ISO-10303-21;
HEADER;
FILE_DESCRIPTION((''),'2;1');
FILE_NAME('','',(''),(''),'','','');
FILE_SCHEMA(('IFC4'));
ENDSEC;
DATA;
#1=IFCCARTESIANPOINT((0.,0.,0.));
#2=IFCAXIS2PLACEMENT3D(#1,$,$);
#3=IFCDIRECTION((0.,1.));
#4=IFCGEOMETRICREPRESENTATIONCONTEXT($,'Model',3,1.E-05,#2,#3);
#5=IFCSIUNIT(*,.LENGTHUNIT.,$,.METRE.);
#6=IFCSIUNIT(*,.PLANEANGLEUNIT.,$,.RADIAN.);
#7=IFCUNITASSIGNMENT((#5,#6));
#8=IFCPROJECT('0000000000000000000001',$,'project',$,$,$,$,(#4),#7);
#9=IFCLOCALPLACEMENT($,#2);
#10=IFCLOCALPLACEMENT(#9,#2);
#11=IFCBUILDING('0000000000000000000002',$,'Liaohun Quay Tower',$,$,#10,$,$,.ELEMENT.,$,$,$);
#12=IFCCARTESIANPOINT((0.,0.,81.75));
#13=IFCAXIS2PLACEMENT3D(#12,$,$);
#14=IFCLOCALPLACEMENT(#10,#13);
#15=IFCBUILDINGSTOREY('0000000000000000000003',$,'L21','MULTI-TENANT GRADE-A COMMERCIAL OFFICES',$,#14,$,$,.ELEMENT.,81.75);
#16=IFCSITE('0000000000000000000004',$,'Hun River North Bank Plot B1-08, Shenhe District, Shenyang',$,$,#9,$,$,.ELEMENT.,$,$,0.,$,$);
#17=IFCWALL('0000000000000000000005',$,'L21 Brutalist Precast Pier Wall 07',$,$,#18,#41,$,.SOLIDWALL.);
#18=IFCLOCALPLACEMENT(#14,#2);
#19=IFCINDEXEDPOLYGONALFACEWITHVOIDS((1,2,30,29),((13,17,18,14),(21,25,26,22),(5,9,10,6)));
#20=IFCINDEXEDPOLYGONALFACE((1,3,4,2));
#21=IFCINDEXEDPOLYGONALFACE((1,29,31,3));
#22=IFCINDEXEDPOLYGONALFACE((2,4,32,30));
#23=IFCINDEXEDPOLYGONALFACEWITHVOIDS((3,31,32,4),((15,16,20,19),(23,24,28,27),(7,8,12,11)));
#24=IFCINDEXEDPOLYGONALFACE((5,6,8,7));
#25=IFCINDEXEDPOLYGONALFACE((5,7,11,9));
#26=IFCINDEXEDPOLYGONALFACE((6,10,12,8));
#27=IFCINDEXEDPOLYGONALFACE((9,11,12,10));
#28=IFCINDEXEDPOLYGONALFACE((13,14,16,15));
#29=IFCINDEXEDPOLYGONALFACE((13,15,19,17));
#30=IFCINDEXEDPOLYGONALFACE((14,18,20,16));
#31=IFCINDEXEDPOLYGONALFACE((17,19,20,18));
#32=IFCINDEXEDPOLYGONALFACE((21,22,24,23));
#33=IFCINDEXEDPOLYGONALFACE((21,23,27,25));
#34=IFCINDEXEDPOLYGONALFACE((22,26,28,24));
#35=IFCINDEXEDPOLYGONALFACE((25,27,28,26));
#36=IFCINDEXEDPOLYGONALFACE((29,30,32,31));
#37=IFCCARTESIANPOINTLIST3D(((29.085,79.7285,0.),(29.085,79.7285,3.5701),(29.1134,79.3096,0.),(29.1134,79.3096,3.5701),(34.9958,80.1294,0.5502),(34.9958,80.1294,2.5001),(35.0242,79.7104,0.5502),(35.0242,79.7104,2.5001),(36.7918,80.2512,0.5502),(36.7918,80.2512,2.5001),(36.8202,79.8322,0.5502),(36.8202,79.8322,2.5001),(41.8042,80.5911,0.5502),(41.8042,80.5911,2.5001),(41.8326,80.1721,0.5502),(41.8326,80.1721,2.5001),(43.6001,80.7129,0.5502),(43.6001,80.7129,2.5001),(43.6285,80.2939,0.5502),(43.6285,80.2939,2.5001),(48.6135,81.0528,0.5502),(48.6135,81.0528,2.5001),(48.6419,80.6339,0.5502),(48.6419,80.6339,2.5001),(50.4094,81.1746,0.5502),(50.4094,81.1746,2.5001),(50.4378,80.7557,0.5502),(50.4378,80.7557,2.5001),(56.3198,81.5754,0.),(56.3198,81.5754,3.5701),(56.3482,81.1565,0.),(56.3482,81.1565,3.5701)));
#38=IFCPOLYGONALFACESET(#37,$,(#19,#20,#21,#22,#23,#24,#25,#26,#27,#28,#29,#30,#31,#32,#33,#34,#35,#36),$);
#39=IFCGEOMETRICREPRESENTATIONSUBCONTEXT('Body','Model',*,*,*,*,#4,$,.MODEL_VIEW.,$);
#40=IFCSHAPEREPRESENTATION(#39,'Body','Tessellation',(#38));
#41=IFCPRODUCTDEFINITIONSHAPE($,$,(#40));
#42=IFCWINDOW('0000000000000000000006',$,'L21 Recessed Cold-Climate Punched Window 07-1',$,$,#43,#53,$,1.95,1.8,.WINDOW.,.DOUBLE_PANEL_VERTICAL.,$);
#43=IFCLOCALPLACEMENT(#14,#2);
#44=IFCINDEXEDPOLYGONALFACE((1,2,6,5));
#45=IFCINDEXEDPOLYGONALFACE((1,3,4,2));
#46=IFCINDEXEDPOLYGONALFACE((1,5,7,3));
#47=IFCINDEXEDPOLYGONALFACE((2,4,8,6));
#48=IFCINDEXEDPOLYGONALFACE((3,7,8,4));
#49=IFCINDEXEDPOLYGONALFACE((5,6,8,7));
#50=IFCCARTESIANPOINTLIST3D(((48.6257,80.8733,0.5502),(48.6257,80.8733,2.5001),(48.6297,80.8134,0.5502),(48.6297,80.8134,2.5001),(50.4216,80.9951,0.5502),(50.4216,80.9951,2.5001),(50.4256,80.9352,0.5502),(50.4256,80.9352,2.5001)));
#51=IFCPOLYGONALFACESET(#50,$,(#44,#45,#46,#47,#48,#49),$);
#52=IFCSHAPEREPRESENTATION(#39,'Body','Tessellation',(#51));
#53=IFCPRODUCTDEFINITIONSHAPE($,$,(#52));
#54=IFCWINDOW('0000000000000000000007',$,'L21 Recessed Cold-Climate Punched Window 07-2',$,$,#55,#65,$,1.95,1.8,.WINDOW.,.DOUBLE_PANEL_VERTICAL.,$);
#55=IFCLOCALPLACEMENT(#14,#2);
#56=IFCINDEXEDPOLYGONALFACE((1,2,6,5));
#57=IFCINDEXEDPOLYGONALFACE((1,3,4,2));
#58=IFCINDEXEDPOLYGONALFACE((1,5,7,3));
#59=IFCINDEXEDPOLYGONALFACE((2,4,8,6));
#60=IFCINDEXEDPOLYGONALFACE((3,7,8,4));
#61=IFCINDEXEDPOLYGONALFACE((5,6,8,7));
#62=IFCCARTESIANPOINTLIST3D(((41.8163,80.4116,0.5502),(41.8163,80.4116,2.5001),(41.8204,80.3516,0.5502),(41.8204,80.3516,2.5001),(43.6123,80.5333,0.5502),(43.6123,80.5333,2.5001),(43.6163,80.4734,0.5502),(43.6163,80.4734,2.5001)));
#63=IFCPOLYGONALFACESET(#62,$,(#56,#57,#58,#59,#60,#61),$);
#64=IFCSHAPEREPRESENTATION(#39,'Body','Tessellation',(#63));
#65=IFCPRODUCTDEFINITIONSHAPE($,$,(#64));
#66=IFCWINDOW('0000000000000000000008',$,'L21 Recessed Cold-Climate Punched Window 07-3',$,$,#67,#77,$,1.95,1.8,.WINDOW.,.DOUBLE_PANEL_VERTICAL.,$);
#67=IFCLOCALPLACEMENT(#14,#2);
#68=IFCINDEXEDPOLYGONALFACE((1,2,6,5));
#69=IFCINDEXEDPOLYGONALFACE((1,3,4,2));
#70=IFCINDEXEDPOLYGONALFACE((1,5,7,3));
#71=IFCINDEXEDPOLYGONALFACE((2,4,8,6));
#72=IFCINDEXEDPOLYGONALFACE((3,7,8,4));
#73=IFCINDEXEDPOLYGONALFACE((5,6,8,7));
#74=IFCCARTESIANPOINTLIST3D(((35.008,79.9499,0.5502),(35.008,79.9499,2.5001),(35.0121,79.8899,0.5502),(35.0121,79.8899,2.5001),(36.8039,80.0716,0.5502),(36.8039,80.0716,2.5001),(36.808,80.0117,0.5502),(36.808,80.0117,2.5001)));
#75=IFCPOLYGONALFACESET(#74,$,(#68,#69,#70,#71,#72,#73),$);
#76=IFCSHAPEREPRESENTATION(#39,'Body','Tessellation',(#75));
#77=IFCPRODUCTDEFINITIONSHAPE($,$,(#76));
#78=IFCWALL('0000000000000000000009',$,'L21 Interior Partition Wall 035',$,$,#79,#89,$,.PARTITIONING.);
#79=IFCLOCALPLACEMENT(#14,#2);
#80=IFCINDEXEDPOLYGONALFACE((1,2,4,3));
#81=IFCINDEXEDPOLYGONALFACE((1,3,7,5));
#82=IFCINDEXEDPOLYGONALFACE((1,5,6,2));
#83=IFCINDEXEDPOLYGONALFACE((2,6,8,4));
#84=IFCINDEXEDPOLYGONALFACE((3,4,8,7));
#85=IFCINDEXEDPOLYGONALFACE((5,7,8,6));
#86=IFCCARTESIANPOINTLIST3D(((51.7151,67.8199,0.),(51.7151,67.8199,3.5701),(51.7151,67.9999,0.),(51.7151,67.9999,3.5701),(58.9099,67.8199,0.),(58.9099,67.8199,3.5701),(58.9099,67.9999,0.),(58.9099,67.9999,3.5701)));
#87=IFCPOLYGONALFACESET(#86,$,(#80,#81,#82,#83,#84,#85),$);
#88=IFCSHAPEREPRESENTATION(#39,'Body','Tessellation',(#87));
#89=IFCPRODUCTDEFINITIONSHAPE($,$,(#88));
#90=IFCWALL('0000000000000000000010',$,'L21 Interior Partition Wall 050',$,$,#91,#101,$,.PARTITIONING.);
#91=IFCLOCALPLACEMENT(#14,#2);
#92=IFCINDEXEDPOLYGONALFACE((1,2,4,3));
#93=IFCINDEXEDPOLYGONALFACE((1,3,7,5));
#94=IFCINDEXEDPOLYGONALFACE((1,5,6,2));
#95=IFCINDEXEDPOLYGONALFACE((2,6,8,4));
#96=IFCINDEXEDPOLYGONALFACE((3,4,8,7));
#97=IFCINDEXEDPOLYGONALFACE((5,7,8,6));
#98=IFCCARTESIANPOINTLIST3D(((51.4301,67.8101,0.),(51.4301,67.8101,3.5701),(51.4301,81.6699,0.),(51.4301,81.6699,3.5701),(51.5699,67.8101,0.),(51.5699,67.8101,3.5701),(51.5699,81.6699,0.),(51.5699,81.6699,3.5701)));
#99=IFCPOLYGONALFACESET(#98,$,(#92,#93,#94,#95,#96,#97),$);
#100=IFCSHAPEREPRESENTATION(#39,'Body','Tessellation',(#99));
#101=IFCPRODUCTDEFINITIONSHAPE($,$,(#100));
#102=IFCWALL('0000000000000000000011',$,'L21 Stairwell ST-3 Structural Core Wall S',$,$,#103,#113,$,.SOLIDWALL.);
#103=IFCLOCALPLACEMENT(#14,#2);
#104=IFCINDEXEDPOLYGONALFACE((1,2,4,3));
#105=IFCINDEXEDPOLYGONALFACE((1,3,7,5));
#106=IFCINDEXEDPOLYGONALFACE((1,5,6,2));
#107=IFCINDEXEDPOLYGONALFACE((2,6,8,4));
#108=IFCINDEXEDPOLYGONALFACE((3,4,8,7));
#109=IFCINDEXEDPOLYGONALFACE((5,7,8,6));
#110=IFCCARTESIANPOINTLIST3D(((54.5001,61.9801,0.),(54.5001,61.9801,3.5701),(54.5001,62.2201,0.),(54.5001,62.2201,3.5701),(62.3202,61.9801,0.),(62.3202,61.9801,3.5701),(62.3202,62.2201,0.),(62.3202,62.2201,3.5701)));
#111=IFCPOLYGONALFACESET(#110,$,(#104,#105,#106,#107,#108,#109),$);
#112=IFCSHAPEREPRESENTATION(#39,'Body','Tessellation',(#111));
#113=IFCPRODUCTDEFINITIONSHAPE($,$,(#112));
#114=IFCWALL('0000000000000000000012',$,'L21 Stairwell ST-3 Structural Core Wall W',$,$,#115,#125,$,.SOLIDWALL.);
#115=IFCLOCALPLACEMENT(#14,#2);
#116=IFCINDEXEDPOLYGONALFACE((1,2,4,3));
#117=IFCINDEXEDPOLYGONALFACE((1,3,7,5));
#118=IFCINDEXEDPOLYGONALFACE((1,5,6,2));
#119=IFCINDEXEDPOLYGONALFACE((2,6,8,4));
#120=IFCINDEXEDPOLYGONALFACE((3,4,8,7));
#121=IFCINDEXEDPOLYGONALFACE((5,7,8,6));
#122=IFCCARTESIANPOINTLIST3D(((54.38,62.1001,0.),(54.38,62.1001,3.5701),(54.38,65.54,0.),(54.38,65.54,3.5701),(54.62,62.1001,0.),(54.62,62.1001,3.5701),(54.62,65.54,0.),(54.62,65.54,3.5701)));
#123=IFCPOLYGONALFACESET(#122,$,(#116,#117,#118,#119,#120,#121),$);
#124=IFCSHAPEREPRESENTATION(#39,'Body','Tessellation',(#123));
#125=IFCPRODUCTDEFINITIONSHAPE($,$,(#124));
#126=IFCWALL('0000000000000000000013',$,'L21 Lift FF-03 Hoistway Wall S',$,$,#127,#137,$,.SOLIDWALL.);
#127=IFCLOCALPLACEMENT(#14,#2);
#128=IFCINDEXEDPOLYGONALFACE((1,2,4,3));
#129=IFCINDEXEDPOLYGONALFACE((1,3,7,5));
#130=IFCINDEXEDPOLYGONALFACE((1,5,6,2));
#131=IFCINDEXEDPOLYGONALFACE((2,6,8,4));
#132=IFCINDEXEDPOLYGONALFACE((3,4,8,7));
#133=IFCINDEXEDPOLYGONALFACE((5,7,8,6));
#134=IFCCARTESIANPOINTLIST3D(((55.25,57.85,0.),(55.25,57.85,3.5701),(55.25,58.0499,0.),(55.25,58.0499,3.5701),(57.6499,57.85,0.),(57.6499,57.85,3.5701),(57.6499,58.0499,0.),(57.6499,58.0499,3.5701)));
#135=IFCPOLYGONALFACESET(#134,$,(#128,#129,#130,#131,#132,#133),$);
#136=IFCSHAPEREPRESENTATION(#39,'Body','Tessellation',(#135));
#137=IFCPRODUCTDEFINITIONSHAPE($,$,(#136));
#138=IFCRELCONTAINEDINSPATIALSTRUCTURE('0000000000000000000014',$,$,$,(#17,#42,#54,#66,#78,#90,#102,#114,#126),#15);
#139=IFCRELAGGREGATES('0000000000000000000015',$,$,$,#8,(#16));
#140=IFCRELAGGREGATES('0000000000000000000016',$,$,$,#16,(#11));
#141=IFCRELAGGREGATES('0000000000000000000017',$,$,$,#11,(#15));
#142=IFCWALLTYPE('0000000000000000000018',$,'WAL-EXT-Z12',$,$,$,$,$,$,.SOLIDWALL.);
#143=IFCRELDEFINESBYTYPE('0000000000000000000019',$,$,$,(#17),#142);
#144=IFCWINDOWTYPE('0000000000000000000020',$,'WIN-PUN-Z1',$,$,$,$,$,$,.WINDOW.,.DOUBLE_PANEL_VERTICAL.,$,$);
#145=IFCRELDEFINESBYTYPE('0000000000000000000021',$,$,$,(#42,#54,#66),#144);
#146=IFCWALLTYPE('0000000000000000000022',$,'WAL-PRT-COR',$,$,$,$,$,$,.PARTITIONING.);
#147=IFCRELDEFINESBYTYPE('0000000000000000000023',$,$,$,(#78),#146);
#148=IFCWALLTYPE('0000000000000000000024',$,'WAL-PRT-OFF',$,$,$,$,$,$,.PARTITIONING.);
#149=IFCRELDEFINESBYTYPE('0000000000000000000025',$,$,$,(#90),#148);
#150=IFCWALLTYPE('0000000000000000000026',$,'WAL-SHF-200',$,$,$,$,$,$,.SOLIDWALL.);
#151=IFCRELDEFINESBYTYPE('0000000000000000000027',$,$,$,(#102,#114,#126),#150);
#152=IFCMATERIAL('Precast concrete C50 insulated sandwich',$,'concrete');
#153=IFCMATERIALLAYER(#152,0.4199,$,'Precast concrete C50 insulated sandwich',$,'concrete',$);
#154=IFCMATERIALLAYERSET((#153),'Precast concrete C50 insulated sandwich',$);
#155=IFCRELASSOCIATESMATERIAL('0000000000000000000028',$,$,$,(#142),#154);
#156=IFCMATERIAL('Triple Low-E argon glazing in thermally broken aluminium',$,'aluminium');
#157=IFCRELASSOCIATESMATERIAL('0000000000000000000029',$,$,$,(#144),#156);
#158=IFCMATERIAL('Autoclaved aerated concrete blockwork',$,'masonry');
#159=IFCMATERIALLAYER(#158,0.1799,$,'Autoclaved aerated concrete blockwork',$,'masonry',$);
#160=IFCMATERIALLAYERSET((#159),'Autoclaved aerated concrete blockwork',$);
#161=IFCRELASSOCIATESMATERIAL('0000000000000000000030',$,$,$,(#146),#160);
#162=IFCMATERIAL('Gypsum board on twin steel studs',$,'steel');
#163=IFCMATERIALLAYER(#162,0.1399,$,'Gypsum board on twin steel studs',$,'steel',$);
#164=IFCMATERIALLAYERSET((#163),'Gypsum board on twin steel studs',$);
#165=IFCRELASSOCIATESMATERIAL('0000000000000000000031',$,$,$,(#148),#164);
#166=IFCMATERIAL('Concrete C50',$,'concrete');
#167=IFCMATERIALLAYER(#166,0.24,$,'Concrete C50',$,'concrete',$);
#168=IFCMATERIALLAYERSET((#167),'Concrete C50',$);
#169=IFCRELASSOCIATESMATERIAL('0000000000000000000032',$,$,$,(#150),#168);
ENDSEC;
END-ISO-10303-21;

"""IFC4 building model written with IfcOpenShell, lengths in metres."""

from ifc_helpers import new_model, si_unit, direction, frame, frame_2d, origin, place, context, subcontext, project, spatial, rectangle, extrude, source, transform, mapped, material, layer, layer_set, type_object, element, fill, save


model = new_model("IFC4")

# Units and contexts
model_context = context("Model", 3, precision=1e-05, world=origin(), true_north=direction((0.0, 1.0)))
body_context = subcontext(model_context, "Body", "Model", "MODEL_VIEW")
ifc_project = project(units=[si_unit("LENGTHUNIT", "METRE"), si_unit("PLANEANGLEUNIT", "RADIAN")], contexts=[model_context])

# Site, building, storey
site_placement = place(None, origin())
site = spatial("IfcSite", under=ifc_project, at=site_placement, Name="Hun River North Bank Plot B1-08, Shenhe District, Shenyang", CompositionType="ELEMENT", RefElevation=0.0)
building_placement = place(site_placement, origin())
building = spatial("IfcBuilding", under=site, at=building_placement, Name="Liaohun Quay Tower", CompositionType="ELEMENT")
storey_placement = place(building_placement, frame((0.0, 0.0, 81.75)))
storey = spatial("IfcBuildingStorey", under=building, at=storey_placement, Name="L21", Description="MULTI-TENANT GRADE-A COMMERCIAL OFFICES", CompositionType="ELEMENT", Elevation=81.75)

# Wall, openings, windows
ifc_material_1 = material(Name="Precast concrete C50 insulated sandwich", Category="concrete")
ifc_layer_1 = layer(ifc_material_1, 0.4199, Name="Precast concrete C50 insulated sandwich", Category="concrete")
ifc_layer_set_1 = layer_set([ifc_layer_1], Name="Precast concrete C50 insulated sandwich")
wall_type_1 = type_object("IfcWallType", Name="WAL-EXT-Z12", PredefinedType="SOLIDWALL", material=ifc_layer_set_1)
wall_1_placement = place(storey_placement, frame((56.334, 81.366, 0.0), z_axis=(0.0, 0.0, 1.0), x_axis=(-0.997708, -0.067659, 0.0)))
wall_1 = element("IfcWall", 1, at=wall_1_placement, inside=storey, type_object=wall_type_1, Name="L21 Brutalist Precast Pier Wall 07", PredefinedType="SOLIDWALL", context=body_context, shape_type="SweptSolid", body=[
    extrude(rectangle(XDim=27.2974, YDim=0.4199, at=frame_2d((13.6487, 0.0))), origin(), (0.0, 0.0, 1.0), 3.5701),
])
shared_shape_1 = source(origin(), body_context, "Body", "SweptSolid", [
    extrude(rectangle(XDim=1.8, YDim=1.95, at=frame_2d((0.8999, 0.9751))), frame((0.0, 0.22, 0.0), z_axis=(0.0, -1.0, 0.0), x_axis=(1.0, 0.0, 0.0)), (0.0, 0.0, 1.0), 0.4399),
])
opening_1_placement = place(wall_1_placement, frame((5.9241, 0.0, 0.55)))
opening_1 = element("IfcOpeningElement", 2, at=opening_1_placement, cuts=wall_1, PredefinedType="OPENING", context=body_context, shape_type="MappedRepresentation", body=[
    mapped(shared_shape_1, transform((0.0, 0.0, 0.0), x_axis=(1.0, 0.0, 0.0), y_axis=(0.0, 1.0, 0.0), z_axis=(0.0, 0.0, 1.0), scale=1.0)),
])
opening_2_placement = place(wall_1_placement, frame((12.749, 0.0, 0.55)))
opening_2 = element("IfcOpeningElement", 3, at=opening_2_placement, cuts=wall_1, PredefinedType="OPENING", context=body_context, shape_type="MappedRepresentation", body=[
    mapped(shared_shape_1, transform((0.0, 0.0, 0.0), x_axis=(1.0, 0.0, 0.0), y_axis=(0.0, 1.0, 0.0), z_axis=(0.0, 0.0, 1.0), scale=1.0)),
])
opening_3_placement = place(wall_1_placement, frame((19.573, 0.0, 0.55)))
opening_3 = element("IfcOpeningElement", 4, at=opening_3_placement, cuts=wall_1, PredefinedType="OPENING", context=body_context, shape_type="MappedRepresentation", body=[
    mapped(shared_shape_1, transform((0.0, 0.0, 0.0), x_axis=(1.0, 0.0, 0.0), y_axis=(0.0, 1.0, 0.0), z_axis=(0.0, 0.0, 1.0), scale=1.0)),
])
ifc_material_2 = material(Name="Triple Low-E argon glazing in thermally broken aluminium", Category="aluminium")
window_type = type_object("IfcWindowType", Name="WIN-PUN-Z1", PartitioningType="DOUBLE_PANEL_VERTICAL", PredefinedType="WINDOW", material=ifc_material_2)
shared_shape_2 = source(origin(), body_context, "Body", "SweptSolid", [
    extrude(rectangle(XDim=1.8, YDim=1.95, at=frame_2d((0.8999, 0.9751))), frame((0.0, 0.03, 0.0), z_axis=(0.0, -1.0, 0.0), x_axis=(1.0, 0.0, 0.0)), (0.0, 0.0, 1.0), 0.0601),
])
window_1_placement = place(opening_1_placement, origin())
window_1 = element("IfcWindow", 5, at=window_1_placement, inside=storey, type_object=window_type, Name="L21 Recessed Cold-Climate Punched Window 07-1", OverallHeight=1.95, OverallWidth=1.8, PartitioningType="DOUBLE_PANEL_VERTICAL", PredefinedType="WINDOW", context=body_context, shape_type="MappedRepresentation", body=[
    mapped(shared_shape_2, transform((0.0, 0.0, 0.0), x_axis=(1.0, 0.0, 0.0), y_axis=(0.0, 1.0, 0.0), z_axis=(0.0, 0.0, 1.0), scale=1.0)),
])
fill(opening_1, window_1)
window_2_placement = place(opening_2_placement, origin())
window_2 = element("IfcWindow", 6, at=window_2_placement, inside=storey, type_object=window_type, Name="L21 Recessed Cold-Climate Punched Window 07-2", OverallHeight=1.95, OverallWidth=1.8, PartitioningType="DOUBLE_PANEL_VERTICAL", PredefinedType="WINDOW", context=body_context, shape_type="MappedRepresentation", body=[
    mapped(shared_shape_2, transform((0.0, 0.0, 0.0), x_axis=(1.0, 0.0, 0.0), y_axis=(0.0, 1.0, 0.0), z_axis=(0.0, 0.0, 1.0), scale=1.0)),
])
fill(opening_2, window_2)
window_3_placement = place(opening_3_placement, origin())
window_3 = element("IfcWindow", 7, at=window_3_placement, inside=storey, type_object=window_type, Name="L21 Recessed Cold-Climate Punched Window 07-3", OverallHeight=1.95, OverallWidth=1.8, PartitioningType="DOUBLE_PANEL_VERTICAL", PredefinedType="WINDOW", context=body_context, shape_type="MappedRepresentation", body=[
    mapped(shared_shape_2, transform((0.0, 0.0, 0.0), x_axis=(1.0, 0.0, 0.0), y_axis=(0.0, 1.0, 0.0), z_axis=(0.0, 0.0, 1.0), scale=1.0)),
])
fill(opening_3, window_3)

# Walls
ifc_material_3 = material(Name="Autoclaved aerated concrete blockwork", Category="masonry")
ifc_layer_2 = layer(ifc_material_3, 0.1799, Name="Autoclaved aerated concrete blockwork", Category="masonry")
ifc_layer_set_2 = layer_set([ifc_layer_2], Name="Autoclaved aerated concrete blockwork")
wall_type_2 = type_object("IfcWallType", Name="WAL-PRT-COR", PredefinedType="PARTITIONING", material=ifc_layer_set_2)
wall_2_placement = place(storey_placement, frame((51.7151, 67.9099, 0.0), z_axis=(0.0, 0.0, 1.0), x_axis=(1.0, 0.0, 0.0)))
element("IfcWall", 8, at=wall_2_placement, inside=storey, type_object=wall_type_2, Name="L21 Interior Partition Wall 035", PredefinedType="PARTITIONING", context=body_context, shape_type="SweptSolid", body=[
    extrude(rectangle(XDim=7.1948, YDim=0.1799, at=frame_2d((3.5974, 0.0))), origin(), (0.0, 0.0, 1.0), 3.5701),
])
ifc_material_4 = material(Name="Gypsum board on twin steel studs", Category="steel")
ifc_layer_3 = layer(ifc_material_4, 0.1399, Name="Gypsum board on twin steel studs", Category="steel")
ifc_layer_set_3 = layer_set([ifc_layer_3], Name="Gypsum board on twin steel studs")
wall_type_3 = type_object("IfcWallType", Name="WAL-PRT-OFF", PredefinedType="PARTITIONING", material=ifc_layer_set_3)
wall_3_placement = place(storey_placement, frame((51.5, 67.8101, 0.0), z_axis=(0.0, 0.0, 1.0), x_axis=(0.0, 1.0, 0.0)))
element("IfcWall", 9, at=wall_3_placement, inside=storey, type_object=wall_type_3, Name="L21 Interior Partition Wall 050", PredefinedType="PARTITIONING", context=body_context, shape_type="SweptSolid", body=[
    extrude(rectangle(XDim=13.8599, YDim=0.1399, at=frame_2d((6.9299, 0.0))), origin(), (0.0, 0.0, 1.0), 3.5701),
])
ifc_material_5 = material(Name="Concrete C50", Category="concrete")
ifc_layer_4 = layer(ifc_material_5, 0.24, Name="Concrete C50", Category="concrete")
ifc_layer_set_4 = layer_set([ifc_layer_4], Name="Concrete C50")
wall_type_4 = type_object("IfcWallType", Name="WAL-SHF-200", PredefinedType="SOLIDWALL", material=ifc_layer_set_4)
wall_4_placement = place(storey_placement, frame((54.5, 62.1001, 0.0), z_axis=(0.0, 0.0, 1.0), x_axis=(1.0, 0.0, 0.0)))
element("IfcWall", 10, at=wall_4_placement, inside=storey, type_object=wall_type_4, Name="L21 Stairwell ST-3 Structural Core Wall S", PredefinedType="SOLIDWALL", context=body_context, shape_type="SweptSolid", body=[
    extrude(rectangle(XDim=7.8201, YDim=0.24, at=frame_2d((3.9102, 0.0))), origin(), (0.0, 0.0, 1.0), 3.5701),
])
wall_5_placement = place(storey_placement, frame((54.5, 65.54, 0.0), z_axis=(0.0, 0.0, 1.0), x_axis=(0.0, -1.0, 0.0)))
element("IfcWall", 11, at=wall_5_placement, inside=storey, type_object=wall_type_4, Name="L21 Stairwell ST-3 Structural Core Wall W", PredefinedType="SOLIDWALL", context=body_context, shape_type="SweptSolid", body=[
    extrude(rectangle(XDim=3.4399, YDim=0.24, at=frame_2d((1.72, 0.0))), origin(), (0.0, 0.0, 1.0), 3.5701),
])
wall_6_placement = place(storey_placement, frame((55.25, 57.95, 0.0), z_axis=(0.0, 0.0, 1.0), x_axis=(1.0, 0.0, 0.0)))
element("IfcWall", 12, at=wall_6_placement, inside=storey, type_object=wall_type_4, Name="L21 Lift FF-03 Hoistway Wall S", PredefinedType="SOLIDWALL", context=body_context, shape_type="SweptSolid", body=[
    extrude(rectangle(XDim=2.3999, YDim=0.2, at=frame_2d((1.2, 0.0))), origin(), (0.0, 0.0, 1.0), 3.5701),
])

save(model, "model.ifc")
